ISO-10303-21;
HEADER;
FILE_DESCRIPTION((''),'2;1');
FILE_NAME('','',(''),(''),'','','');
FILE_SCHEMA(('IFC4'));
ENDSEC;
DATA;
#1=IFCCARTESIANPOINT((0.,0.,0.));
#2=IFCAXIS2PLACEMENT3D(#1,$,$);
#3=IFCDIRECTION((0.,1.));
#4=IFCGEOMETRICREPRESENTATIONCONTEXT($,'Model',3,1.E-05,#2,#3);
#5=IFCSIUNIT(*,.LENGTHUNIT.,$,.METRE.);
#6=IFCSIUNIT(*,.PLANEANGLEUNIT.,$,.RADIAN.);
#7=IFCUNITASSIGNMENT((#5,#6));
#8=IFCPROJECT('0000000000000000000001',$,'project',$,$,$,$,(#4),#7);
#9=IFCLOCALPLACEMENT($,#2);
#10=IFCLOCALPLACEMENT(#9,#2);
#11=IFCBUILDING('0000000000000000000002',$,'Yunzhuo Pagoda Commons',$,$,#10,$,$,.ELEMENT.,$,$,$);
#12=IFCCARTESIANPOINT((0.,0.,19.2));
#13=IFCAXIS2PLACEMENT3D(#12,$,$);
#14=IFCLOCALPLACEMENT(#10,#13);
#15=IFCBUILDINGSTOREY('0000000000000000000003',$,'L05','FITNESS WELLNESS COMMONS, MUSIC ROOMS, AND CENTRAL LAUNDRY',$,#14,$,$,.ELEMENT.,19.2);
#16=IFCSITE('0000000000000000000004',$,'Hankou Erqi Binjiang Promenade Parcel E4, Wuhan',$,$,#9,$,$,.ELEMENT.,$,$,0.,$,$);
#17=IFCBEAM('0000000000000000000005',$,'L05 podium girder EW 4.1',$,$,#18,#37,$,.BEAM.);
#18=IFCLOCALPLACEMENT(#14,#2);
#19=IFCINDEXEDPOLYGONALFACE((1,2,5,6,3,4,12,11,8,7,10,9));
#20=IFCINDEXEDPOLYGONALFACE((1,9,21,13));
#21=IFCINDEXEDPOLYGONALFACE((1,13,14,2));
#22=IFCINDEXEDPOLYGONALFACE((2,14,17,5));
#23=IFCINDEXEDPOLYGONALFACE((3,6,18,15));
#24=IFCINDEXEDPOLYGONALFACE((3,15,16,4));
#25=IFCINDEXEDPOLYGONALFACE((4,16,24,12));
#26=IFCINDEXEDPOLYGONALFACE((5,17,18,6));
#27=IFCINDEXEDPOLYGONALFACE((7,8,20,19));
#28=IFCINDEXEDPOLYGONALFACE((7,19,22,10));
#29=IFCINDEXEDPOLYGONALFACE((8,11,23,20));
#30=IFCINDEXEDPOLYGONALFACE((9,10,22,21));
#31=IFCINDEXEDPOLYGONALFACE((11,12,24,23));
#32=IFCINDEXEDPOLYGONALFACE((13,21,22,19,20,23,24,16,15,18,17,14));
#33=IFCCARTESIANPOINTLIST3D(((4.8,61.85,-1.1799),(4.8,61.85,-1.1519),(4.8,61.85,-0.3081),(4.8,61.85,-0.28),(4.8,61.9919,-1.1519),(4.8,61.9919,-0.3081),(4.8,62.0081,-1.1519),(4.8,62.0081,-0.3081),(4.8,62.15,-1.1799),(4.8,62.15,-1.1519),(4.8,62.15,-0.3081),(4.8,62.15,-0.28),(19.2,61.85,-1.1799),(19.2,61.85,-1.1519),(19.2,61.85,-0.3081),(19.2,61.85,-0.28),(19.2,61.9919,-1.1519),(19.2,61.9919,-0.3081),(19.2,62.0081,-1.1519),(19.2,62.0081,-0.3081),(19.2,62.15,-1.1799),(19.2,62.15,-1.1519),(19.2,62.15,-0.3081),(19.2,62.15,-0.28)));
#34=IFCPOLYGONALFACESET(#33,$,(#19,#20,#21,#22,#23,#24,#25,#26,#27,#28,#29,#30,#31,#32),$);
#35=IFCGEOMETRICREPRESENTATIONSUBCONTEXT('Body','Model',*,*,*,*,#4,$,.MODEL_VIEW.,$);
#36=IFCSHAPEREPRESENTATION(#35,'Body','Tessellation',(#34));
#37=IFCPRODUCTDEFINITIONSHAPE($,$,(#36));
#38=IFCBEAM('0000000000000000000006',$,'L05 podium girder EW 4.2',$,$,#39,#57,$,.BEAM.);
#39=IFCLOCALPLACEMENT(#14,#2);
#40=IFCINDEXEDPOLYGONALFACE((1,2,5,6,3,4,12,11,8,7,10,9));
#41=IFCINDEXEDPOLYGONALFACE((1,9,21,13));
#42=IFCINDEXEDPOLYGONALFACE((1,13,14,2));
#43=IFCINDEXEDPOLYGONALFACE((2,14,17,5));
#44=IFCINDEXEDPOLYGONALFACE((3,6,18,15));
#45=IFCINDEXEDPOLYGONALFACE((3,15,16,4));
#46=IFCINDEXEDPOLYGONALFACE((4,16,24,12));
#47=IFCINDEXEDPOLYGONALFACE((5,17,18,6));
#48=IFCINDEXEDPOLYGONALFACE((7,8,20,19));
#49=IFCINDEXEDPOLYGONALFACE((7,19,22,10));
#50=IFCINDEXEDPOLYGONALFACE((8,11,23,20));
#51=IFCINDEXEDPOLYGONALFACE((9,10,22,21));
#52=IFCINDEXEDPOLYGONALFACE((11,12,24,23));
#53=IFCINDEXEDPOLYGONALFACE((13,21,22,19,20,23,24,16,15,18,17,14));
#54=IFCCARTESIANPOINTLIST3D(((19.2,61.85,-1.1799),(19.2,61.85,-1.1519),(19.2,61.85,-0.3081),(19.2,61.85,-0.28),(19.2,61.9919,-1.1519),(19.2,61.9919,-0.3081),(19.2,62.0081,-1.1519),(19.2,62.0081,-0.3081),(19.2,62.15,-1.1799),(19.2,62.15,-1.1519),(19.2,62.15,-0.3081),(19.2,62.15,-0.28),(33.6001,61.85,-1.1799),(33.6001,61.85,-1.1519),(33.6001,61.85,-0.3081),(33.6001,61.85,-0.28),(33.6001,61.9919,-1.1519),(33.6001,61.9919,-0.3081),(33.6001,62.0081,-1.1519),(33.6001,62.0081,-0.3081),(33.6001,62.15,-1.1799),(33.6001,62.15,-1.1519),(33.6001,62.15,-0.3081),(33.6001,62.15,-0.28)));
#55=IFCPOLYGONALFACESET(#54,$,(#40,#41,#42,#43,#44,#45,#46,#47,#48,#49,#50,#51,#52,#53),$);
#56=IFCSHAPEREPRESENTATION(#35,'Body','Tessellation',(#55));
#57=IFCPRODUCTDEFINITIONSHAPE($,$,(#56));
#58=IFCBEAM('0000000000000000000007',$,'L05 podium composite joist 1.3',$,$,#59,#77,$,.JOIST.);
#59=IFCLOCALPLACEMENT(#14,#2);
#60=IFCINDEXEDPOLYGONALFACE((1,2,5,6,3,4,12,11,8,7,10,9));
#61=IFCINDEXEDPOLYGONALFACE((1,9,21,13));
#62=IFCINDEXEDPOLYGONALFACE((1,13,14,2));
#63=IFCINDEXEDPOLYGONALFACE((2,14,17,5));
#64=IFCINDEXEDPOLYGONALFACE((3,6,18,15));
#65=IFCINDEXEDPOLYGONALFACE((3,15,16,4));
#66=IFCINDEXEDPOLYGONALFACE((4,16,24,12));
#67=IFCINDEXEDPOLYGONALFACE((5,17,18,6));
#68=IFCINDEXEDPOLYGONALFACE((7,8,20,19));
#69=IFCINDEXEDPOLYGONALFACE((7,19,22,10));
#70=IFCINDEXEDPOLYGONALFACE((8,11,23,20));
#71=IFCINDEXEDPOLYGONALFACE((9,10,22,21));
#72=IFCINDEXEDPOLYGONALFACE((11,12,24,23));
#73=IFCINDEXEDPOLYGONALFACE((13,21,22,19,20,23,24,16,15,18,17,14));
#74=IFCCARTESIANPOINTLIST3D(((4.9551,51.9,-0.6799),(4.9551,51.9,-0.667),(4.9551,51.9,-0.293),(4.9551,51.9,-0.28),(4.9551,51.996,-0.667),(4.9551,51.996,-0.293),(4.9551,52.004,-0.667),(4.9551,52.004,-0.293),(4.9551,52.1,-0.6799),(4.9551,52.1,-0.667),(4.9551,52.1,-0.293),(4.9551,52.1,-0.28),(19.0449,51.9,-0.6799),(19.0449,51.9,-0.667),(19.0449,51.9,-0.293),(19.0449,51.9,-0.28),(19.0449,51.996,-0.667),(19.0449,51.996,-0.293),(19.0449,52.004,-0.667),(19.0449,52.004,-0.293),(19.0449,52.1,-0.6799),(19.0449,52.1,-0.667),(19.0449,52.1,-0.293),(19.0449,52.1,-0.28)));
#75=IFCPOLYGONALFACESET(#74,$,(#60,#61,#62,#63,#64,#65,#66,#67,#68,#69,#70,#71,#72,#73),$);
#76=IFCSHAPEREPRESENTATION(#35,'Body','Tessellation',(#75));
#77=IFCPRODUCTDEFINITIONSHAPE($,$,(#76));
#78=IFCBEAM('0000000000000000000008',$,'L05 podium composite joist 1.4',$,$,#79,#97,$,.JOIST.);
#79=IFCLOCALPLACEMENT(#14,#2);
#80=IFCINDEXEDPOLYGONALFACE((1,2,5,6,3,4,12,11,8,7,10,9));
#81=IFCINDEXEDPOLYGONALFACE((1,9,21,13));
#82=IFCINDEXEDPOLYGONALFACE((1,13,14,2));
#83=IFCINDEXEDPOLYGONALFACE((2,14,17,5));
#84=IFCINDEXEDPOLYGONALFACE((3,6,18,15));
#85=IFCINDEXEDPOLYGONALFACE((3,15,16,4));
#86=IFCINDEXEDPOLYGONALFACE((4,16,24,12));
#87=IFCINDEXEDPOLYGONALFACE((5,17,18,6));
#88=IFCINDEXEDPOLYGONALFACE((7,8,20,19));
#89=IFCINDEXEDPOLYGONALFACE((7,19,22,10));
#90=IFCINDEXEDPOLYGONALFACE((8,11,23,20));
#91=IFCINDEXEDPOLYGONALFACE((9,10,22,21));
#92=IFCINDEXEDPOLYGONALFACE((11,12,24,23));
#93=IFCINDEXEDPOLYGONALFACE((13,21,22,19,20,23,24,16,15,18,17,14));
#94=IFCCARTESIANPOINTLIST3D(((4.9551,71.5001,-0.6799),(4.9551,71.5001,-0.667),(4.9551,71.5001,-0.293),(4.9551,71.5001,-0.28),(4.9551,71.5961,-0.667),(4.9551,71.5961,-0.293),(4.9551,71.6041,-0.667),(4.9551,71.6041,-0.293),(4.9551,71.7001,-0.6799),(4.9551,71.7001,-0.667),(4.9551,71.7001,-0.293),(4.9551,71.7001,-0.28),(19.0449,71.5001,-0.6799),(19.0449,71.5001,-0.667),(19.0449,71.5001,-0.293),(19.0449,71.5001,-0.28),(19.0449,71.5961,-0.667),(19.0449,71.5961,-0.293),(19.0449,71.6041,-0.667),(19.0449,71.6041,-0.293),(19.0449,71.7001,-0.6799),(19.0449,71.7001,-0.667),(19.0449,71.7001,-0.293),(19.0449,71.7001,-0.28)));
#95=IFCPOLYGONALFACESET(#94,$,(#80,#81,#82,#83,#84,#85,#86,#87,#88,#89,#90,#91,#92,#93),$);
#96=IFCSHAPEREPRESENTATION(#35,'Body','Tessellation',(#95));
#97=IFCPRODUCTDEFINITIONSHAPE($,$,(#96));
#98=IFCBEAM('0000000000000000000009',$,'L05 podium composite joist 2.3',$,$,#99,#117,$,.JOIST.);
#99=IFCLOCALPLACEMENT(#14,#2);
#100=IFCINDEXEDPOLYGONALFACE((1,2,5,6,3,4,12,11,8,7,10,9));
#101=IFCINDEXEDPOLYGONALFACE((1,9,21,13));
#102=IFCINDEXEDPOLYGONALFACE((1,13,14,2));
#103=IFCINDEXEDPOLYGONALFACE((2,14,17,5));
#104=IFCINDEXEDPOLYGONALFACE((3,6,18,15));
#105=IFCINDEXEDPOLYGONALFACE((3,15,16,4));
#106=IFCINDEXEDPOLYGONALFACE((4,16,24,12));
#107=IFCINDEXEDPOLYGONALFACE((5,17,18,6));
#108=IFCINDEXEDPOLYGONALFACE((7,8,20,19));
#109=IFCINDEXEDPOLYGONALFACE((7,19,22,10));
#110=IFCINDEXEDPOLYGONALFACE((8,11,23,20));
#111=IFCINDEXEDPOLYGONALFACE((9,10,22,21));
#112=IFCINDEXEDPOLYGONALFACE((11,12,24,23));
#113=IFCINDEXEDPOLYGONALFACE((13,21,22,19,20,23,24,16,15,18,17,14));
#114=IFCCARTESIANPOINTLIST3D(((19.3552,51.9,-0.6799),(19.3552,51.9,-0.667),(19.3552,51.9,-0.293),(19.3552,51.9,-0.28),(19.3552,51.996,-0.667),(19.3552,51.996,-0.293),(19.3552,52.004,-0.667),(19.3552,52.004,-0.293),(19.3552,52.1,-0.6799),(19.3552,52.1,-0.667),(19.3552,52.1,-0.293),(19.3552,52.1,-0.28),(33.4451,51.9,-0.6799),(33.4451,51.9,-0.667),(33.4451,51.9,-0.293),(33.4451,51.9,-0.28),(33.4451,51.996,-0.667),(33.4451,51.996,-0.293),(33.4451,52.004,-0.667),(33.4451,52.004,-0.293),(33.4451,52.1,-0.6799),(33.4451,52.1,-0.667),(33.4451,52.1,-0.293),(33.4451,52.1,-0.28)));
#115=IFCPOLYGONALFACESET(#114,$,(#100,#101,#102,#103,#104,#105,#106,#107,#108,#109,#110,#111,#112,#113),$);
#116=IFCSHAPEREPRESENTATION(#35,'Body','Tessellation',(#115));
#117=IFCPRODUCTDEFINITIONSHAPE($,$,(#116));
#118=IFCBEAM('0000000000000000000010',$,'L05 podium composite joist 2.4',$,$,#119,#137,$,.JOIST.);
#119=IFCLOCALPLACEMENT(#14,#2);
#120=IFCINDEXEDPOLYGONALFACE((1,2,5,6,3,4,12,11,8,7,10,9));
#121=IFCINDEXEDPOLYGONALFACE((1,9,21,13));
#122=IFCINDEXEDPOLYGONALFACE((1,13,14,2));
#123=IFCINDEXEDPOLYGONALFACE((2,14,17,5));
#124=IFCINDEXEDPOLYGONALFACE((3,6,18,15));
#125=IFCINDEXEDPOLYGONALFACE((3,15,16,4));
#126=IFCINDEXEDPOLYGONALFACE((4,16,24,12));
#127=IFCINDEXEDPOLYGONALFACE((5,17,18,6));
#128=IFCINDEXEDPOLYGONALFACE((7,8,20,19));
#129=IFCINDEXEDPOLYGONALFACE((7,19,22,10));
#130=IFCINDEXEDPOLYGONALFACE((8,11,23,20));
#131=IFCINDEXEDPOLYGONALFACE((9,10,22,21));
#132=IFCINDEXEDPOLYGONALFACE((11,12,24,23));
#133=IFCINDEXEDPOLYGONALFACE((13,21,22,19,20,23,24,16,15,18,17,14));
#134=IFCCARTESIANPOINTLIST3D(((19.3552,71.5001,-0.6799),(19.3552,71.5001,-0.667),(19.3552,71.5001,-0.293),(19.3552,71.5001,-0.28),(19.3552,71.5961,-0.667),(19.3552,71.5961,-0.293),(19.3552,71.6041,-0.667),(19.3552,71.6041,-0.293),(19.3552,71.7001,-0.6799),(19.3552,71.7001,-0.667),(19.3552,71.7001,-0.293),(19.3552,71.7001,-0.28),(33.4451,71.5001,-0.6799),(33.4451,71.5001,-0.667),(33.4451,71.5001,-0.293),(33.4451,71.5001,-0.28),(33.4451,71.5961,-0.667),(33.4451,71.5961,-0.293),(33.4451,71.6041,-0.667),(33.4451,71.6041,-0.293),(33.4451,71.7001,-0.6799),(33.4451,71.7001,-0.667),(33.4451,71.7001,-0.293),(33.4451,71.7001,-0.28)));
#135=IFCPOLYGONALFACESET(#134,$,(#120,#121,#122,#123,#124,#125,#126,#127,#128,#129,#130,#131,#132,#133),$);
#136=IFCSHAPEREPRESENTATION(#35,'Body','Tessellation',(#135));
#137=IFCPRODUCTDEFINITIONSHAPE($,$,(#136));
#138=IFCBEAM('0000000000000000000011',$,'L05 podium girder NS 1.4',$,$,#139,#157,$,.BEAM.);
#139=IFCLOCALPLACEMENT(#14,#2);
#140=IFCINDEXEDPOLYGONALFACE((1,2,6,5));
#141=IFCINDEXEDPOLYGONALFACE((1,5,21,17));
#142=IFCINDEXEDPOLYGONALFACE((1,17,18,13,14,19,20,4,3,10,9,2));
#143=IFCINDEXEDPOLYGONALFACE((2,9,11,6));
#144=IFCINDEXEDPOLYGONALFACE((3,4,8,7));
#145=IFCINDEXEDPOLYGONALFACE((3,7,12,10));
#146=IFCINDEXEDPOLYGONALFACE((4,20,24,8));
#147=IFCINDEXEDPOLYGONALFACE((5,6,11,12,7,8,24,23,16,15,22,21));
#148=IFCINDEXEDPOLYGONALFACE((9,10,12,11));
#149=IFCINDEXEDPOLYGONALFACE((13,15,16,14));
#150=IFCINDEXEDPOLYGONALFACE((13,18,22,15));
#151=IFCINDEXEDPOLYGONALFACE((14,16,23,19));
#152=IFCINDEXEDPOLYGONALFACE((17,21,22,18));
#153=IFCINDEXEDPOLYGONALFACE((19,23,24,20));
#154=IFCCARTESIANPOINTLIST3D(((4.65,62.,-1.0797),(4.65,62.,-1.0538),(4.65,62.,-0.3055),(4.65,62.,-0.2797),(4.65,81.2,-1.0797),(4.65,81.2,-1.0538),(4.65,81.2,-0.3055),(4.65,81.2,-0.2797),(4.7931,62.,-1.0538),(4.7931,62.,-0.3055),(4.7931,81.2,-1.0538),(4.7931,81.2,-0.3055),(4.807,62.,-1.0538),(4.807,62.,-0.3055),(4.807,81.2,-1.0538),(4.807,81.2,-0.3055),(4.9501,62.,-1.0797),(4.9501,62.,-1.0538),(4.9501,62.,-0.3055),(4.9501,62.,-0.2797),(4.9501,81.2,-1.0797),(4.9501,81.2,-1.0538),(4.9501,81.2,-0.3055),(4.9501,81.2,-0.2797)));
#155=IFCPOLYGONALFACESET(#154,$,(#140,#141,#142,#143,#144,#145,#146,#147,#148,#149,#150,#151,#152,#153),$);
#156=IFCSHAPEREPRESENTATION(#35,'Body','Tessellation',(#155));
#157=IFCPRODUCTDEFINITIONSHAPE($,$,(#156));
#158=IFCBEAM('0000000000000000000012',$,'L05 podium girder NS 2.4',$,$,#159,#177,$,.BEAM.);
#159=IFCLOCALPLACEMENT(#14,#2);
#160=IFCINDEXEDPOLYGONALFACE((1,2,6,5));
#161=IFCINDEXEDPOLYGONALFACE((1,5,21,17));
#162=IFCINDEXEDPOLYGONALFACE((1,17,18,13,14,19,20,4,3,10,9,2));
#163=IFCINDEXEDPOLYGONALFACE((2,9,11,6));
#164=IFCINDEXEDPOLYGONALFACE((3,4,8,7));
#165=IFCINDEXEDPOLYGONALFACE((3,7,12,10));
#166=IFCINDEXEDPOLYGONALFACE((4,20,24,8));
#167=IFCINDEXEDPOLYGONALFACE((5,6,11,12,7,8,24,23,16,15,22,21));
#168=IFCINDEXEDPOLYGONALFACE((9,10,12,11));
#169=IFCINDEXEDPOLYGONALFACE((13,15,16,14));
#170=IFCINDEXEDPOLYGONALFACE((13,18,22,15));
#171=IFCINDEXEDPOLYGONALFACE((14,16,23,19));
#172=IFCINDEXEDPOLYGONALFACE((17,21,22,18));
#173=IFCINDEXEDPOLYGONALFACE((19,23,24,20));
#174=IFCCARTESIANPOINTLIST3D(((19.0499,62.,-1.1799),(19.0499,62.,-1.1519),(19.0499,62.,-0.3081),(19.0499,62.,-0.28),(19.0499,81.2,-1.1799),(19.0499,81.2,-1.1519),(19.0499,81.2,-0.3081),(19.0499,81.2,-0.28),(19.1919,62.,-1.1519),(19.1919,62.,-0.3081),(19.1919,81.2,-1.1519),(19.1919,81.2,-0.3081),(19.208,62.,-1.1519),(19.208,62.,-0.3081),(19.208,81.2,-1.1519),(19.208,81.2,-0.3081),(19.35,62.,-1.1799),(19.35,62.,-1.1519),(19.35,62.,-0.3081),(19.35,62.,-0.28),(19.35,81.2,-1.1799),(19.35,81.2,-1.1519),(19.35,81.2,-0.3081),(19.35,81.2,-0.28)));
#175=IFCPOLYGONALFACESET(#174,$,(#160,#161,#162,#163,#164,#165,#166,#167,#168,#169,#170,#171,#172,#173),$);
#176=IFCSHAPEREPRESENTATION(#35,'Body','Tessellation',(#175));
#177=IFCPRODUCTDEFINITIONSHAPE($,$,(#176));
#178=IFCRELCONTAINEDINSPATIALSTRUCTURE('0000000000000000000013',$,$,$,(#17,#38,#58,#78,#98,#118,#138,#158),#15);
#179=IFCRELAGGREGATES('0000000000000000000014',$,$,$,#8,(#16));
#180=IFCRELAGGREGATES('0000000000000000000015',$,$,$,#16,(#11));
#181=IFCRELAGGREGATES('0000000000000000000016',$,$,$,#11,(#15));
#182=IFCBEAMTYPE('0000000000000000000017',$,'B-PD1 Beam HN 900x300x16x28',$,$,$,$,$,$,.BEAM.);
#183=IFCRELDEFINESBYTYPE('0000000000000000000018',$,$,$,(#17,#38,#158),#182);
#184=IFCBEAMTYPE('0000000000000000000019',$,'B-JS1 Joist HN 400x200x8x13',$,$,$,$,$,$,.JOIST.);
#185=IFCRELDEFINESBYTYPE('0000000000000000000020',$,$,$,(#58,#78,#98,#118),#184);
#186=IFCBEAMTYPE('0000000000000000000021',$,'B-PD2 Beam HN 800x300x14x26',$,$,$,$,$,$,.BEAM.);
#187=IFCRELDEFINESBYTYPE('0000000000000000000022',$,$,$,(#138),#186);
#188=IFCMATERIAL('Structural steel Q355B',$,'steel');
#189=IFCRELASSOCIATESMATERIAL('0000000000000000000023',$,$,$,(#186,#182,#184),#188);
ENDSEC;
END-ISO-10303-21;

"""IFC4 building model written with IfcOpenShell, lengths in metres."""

from ifc_helpers import new_model, si_unit, direction, frame, origin, origin_2d, place, context, subcontext, project, spatial, i_section, extrude, source, transform, mapped, material, material_profile, profile_set, type_object, element, save


model = new_model("IFC4")

# Units and contexts
model_context = context("Model", 3, precision=1e-05, world=origin(), true_north=direction((0.0, 1.0)))
body_context = subcontext(model_context, "Body", "Model", "MODEL_VIEW")
ifc_project = project(units=[si_unit("LENGTHUNIT", "METRE"), si_unit("PLANEANGLEUNIT", "RADIAN")], contexts=[model_context])

# Site, building, storey
site_placement = place(None, origin())
site = spatial("IfcSite", under=ifc_project, at=site_placement, Name="Hankou Erqi Binjiang Promenade Parcel E4, Wuhan", CompositionType="ELEMENT", RefElevation=0.0)
building_placement = place(site_placement, origin())
building = spatial("IfcBuilding", under=site, at=building_placement, Name="Yunzhuo Pagoda Commons", CompositionType="ELEMENT")
storey_placement = place(building_placement, frame((0.0, 0.0, 19.2)))
storey = spatial("IfcBuildingStorey", under=building, at=storey_placement, Name="L05", Description="FITNESS WELLNESS COMMONS, MUSIC ROOMS, AND CENTRAL LAUNDRY", CompositionType="ELEMENT", Elevation=19.2)

# Beams
ifc_material_1 = material(Name="Structural steel Q355B", Category="steel")
ifc_material_profile_1 = material_profile(ifc_material_1, i_section(OverallWidth=0.3, OverallDepth=0.8, WebThickness=0.0139, FlangeThickness=0.0259, at=origin_2d()), Name="Structural steel Q355B")
ifc_profile_set_1 = profile_set([ifc_material_profile_1], Name="Structural steel Q355B")
beam_type_1 = type_object("IfcBeamType", Name="B-PD2 Beam HN 800x300x14x26", PredefinedType="BEAM", material=ifc_profile_set_1)
ifc_material_profile_2 = material_profile(ifc_material_1, i_section(OverallWidth=0.3, OverallDepth=0.8999, WebThickness=0.0161, FlangeThickness=0.0281, at=origin_2d()), Name="Structural steel Q355B")
ifc_profile_set_2 = profile_set([ifc_material_profile_2], Name="Structural steel Q355B")
beam_type_2 = type_object("IfcBeamType", Name="B-PD1 Beam HN 900x300x16x28", PredefinedType="BEAM", material=ifc_profile_set_2)
shared_shape_1 = source(origin(), body_context, "Body", "SweptSolid", [
    extrude(i_section(OverallWidth=0.3, OverallDepth=0.8999, WebThickness=0.0161, FlangeThickness=0.0281, at=origin_2d()), origin(), (0.0, 0.0, 1.0), 14.3999),
])
beam_1_placement = place(storey_placement, frame((4.8, 62.0, -0.73), z_axis=(1.0, 0.0, 0.0), x_axis=(0.0, 1.0, 0.0)))
element("IfcBeam", 1, at=beam_1_placement, inside=storey, type_object=beam_type_2, Name="L05 podium girder EW 4.1", PredefinedType="BEAM", context=body_context, shape_type="MappedRepresentation", body=[
    mapped(shared_shape_1, transform((0.0, 0.0, 0.0), scale=1.0)),
])
shared_shape_2 = source(origin(), body_context, "Body", "SweptSolid", [
    extrude(i_section(OverallWidth=0.3, OverallDepth=0.8999, WebThickness=0.0161, FlangeThickness=0.0281, at=origin_2d()), origin(), (0.0, 0.0, 1.0), 14.4001),
])
beam_2_placement = place(storey_placement, frame((19.2, 62.0, -0.73), z_axis=(1.0, 0.0, 0.0), x_axis=(0.0, 1.0, 0.0)))
element("IfcBeam", 2, at=beam_2_placement, inside=storey, type_object=beam_type_2, Name="L05 podium girder EW 4.2", PredefinedType="BEAM", context=body_context, shape_type="MappedRepresentation", body=[
    mapped(shared_shape_2, transform((0.0, 0.0, 0.0), scale=1.0)),
])
ifc_material_profile_3 = material_profile(ifc_material_1, i_section(OverallWidth=0.2, OverallDepth=0.3999, WebThickness=0.0081, FlangeThickness=0.0129, at=origin_2d()), Name="Structural steel Q355B")
ifc_profile_set_3 = profile_set([ifc_material_profile_3], Name="Structural steel Q355B")
beam_type_3 = type_object("IfcBeamType", Name="B-JS1 Joist HN 400x200x8x13", PredefinedType="JOIST", material=ifc_profile_set_3)
shared_shape_3 = source(origin(), body_context, "Body", "SweptSolid", [
    extrude(i_section(OverallWidth=0.2, OverallDepth=0.3999, WebThickness=0.0081, FlangeThickness=0.0129, at=origin_2d()), origin(), (0.0, 0.0, 1.0), 14.0898),
])
for number, where, z_axis, x_axis, name in (
    (3, (4.9551, 52.0, -0.48), (1.0, 0.0, 0.0), (0.0, 1.0, 0.0), "L05 podium composite joist 1.3"),
    (4, (4.9551, 71.6001, -0.48), (1.0, 0.0, 0.0), (0.0, 1.0, 0.0), "L05 podium composite joist 1.4"),
    (5, (19.3552, 52.0, -0.48), (1.0, 0.0, 0.0), (0.0, 1.0, 0.0), "L05 podium composite joist 2.3"),
    (6, (19.3552, 71.6001, -0.48), (1.0, 0.0, 0.0), (0.0, 1.0, 0.0), "L05 podium composite joist 2.4"),
):
    element("IfcBeam", number, at=place(storey_placement, frame(where, z_axis=z_axis, x_axis=x_axis)), inside=storey, type_object=beam_type_3, Name=name, PredefinedType="JOIST", context=body_context, shape_type="MappedRepresentation", body=[
        mapped(shared_shape_3, transform((0.0, 0.0, 0.0), scale=1.0)),
    ])
shared_shape_4 = source(origin(), body_context, "Body", "SweptSolid", [
    extrude(i_section(OverallWidth=0.3, OverallDepth=0.8, WebThickness=0.0139, FlangeThickness=0.0259, at=origin_2d()), origin(), (0.0, 0.0, 1.0), 19.2),
])
beam_3_placement = place(storey_placement, frame((4.8, 62.0, -0.6797), z_axis=(0.0, 1.0, 0.0), x_axis=(-1.0, 0.0, 0.0)))
element("IfcBeam", 7, at=beam_3_placement, inside=storey, type_object=beam_type_1, Name="L05 podium girder NS 1.4", PredefinedType="BEAM", context=body_context, shape_type="MappedRepresentation", body=[
    mapped(shared_shape_4, transform((0.0, 0.0, 0.0), scale=1.0)),
])
shared_shape_5 = source(origin(), body_context, "Body", "SweptSolid", [
    extrude(i_section(OverallWidth=0.3, OverallDepth=0.8999, WebThickness=0.0161, FlangeThickness=0.0281, at=origin_2d()), origin(), (0.0, 0.0, 1.0), 19.2),
])
beam_4_placement = place(storey_placement, frame((19.2, 62.0, -0.73), z_axis=(0.0, 1.0, 0.0), x_axis=(-1.0, 0.0, 0.0)))
element("IfcBeam", 8, at=beam_4_placement, inside=storey, type_object=beam_type_2, Name="L05 podium girder NS 2.4", PredefinedType="BEAM", context=body_context, shape_type="MappedRepresentation", body=[
    mapped(shared_shape_5, transform((0.0, 0.0, 0.0), scale=1.0)),
])

save(model, "model.ifc")
